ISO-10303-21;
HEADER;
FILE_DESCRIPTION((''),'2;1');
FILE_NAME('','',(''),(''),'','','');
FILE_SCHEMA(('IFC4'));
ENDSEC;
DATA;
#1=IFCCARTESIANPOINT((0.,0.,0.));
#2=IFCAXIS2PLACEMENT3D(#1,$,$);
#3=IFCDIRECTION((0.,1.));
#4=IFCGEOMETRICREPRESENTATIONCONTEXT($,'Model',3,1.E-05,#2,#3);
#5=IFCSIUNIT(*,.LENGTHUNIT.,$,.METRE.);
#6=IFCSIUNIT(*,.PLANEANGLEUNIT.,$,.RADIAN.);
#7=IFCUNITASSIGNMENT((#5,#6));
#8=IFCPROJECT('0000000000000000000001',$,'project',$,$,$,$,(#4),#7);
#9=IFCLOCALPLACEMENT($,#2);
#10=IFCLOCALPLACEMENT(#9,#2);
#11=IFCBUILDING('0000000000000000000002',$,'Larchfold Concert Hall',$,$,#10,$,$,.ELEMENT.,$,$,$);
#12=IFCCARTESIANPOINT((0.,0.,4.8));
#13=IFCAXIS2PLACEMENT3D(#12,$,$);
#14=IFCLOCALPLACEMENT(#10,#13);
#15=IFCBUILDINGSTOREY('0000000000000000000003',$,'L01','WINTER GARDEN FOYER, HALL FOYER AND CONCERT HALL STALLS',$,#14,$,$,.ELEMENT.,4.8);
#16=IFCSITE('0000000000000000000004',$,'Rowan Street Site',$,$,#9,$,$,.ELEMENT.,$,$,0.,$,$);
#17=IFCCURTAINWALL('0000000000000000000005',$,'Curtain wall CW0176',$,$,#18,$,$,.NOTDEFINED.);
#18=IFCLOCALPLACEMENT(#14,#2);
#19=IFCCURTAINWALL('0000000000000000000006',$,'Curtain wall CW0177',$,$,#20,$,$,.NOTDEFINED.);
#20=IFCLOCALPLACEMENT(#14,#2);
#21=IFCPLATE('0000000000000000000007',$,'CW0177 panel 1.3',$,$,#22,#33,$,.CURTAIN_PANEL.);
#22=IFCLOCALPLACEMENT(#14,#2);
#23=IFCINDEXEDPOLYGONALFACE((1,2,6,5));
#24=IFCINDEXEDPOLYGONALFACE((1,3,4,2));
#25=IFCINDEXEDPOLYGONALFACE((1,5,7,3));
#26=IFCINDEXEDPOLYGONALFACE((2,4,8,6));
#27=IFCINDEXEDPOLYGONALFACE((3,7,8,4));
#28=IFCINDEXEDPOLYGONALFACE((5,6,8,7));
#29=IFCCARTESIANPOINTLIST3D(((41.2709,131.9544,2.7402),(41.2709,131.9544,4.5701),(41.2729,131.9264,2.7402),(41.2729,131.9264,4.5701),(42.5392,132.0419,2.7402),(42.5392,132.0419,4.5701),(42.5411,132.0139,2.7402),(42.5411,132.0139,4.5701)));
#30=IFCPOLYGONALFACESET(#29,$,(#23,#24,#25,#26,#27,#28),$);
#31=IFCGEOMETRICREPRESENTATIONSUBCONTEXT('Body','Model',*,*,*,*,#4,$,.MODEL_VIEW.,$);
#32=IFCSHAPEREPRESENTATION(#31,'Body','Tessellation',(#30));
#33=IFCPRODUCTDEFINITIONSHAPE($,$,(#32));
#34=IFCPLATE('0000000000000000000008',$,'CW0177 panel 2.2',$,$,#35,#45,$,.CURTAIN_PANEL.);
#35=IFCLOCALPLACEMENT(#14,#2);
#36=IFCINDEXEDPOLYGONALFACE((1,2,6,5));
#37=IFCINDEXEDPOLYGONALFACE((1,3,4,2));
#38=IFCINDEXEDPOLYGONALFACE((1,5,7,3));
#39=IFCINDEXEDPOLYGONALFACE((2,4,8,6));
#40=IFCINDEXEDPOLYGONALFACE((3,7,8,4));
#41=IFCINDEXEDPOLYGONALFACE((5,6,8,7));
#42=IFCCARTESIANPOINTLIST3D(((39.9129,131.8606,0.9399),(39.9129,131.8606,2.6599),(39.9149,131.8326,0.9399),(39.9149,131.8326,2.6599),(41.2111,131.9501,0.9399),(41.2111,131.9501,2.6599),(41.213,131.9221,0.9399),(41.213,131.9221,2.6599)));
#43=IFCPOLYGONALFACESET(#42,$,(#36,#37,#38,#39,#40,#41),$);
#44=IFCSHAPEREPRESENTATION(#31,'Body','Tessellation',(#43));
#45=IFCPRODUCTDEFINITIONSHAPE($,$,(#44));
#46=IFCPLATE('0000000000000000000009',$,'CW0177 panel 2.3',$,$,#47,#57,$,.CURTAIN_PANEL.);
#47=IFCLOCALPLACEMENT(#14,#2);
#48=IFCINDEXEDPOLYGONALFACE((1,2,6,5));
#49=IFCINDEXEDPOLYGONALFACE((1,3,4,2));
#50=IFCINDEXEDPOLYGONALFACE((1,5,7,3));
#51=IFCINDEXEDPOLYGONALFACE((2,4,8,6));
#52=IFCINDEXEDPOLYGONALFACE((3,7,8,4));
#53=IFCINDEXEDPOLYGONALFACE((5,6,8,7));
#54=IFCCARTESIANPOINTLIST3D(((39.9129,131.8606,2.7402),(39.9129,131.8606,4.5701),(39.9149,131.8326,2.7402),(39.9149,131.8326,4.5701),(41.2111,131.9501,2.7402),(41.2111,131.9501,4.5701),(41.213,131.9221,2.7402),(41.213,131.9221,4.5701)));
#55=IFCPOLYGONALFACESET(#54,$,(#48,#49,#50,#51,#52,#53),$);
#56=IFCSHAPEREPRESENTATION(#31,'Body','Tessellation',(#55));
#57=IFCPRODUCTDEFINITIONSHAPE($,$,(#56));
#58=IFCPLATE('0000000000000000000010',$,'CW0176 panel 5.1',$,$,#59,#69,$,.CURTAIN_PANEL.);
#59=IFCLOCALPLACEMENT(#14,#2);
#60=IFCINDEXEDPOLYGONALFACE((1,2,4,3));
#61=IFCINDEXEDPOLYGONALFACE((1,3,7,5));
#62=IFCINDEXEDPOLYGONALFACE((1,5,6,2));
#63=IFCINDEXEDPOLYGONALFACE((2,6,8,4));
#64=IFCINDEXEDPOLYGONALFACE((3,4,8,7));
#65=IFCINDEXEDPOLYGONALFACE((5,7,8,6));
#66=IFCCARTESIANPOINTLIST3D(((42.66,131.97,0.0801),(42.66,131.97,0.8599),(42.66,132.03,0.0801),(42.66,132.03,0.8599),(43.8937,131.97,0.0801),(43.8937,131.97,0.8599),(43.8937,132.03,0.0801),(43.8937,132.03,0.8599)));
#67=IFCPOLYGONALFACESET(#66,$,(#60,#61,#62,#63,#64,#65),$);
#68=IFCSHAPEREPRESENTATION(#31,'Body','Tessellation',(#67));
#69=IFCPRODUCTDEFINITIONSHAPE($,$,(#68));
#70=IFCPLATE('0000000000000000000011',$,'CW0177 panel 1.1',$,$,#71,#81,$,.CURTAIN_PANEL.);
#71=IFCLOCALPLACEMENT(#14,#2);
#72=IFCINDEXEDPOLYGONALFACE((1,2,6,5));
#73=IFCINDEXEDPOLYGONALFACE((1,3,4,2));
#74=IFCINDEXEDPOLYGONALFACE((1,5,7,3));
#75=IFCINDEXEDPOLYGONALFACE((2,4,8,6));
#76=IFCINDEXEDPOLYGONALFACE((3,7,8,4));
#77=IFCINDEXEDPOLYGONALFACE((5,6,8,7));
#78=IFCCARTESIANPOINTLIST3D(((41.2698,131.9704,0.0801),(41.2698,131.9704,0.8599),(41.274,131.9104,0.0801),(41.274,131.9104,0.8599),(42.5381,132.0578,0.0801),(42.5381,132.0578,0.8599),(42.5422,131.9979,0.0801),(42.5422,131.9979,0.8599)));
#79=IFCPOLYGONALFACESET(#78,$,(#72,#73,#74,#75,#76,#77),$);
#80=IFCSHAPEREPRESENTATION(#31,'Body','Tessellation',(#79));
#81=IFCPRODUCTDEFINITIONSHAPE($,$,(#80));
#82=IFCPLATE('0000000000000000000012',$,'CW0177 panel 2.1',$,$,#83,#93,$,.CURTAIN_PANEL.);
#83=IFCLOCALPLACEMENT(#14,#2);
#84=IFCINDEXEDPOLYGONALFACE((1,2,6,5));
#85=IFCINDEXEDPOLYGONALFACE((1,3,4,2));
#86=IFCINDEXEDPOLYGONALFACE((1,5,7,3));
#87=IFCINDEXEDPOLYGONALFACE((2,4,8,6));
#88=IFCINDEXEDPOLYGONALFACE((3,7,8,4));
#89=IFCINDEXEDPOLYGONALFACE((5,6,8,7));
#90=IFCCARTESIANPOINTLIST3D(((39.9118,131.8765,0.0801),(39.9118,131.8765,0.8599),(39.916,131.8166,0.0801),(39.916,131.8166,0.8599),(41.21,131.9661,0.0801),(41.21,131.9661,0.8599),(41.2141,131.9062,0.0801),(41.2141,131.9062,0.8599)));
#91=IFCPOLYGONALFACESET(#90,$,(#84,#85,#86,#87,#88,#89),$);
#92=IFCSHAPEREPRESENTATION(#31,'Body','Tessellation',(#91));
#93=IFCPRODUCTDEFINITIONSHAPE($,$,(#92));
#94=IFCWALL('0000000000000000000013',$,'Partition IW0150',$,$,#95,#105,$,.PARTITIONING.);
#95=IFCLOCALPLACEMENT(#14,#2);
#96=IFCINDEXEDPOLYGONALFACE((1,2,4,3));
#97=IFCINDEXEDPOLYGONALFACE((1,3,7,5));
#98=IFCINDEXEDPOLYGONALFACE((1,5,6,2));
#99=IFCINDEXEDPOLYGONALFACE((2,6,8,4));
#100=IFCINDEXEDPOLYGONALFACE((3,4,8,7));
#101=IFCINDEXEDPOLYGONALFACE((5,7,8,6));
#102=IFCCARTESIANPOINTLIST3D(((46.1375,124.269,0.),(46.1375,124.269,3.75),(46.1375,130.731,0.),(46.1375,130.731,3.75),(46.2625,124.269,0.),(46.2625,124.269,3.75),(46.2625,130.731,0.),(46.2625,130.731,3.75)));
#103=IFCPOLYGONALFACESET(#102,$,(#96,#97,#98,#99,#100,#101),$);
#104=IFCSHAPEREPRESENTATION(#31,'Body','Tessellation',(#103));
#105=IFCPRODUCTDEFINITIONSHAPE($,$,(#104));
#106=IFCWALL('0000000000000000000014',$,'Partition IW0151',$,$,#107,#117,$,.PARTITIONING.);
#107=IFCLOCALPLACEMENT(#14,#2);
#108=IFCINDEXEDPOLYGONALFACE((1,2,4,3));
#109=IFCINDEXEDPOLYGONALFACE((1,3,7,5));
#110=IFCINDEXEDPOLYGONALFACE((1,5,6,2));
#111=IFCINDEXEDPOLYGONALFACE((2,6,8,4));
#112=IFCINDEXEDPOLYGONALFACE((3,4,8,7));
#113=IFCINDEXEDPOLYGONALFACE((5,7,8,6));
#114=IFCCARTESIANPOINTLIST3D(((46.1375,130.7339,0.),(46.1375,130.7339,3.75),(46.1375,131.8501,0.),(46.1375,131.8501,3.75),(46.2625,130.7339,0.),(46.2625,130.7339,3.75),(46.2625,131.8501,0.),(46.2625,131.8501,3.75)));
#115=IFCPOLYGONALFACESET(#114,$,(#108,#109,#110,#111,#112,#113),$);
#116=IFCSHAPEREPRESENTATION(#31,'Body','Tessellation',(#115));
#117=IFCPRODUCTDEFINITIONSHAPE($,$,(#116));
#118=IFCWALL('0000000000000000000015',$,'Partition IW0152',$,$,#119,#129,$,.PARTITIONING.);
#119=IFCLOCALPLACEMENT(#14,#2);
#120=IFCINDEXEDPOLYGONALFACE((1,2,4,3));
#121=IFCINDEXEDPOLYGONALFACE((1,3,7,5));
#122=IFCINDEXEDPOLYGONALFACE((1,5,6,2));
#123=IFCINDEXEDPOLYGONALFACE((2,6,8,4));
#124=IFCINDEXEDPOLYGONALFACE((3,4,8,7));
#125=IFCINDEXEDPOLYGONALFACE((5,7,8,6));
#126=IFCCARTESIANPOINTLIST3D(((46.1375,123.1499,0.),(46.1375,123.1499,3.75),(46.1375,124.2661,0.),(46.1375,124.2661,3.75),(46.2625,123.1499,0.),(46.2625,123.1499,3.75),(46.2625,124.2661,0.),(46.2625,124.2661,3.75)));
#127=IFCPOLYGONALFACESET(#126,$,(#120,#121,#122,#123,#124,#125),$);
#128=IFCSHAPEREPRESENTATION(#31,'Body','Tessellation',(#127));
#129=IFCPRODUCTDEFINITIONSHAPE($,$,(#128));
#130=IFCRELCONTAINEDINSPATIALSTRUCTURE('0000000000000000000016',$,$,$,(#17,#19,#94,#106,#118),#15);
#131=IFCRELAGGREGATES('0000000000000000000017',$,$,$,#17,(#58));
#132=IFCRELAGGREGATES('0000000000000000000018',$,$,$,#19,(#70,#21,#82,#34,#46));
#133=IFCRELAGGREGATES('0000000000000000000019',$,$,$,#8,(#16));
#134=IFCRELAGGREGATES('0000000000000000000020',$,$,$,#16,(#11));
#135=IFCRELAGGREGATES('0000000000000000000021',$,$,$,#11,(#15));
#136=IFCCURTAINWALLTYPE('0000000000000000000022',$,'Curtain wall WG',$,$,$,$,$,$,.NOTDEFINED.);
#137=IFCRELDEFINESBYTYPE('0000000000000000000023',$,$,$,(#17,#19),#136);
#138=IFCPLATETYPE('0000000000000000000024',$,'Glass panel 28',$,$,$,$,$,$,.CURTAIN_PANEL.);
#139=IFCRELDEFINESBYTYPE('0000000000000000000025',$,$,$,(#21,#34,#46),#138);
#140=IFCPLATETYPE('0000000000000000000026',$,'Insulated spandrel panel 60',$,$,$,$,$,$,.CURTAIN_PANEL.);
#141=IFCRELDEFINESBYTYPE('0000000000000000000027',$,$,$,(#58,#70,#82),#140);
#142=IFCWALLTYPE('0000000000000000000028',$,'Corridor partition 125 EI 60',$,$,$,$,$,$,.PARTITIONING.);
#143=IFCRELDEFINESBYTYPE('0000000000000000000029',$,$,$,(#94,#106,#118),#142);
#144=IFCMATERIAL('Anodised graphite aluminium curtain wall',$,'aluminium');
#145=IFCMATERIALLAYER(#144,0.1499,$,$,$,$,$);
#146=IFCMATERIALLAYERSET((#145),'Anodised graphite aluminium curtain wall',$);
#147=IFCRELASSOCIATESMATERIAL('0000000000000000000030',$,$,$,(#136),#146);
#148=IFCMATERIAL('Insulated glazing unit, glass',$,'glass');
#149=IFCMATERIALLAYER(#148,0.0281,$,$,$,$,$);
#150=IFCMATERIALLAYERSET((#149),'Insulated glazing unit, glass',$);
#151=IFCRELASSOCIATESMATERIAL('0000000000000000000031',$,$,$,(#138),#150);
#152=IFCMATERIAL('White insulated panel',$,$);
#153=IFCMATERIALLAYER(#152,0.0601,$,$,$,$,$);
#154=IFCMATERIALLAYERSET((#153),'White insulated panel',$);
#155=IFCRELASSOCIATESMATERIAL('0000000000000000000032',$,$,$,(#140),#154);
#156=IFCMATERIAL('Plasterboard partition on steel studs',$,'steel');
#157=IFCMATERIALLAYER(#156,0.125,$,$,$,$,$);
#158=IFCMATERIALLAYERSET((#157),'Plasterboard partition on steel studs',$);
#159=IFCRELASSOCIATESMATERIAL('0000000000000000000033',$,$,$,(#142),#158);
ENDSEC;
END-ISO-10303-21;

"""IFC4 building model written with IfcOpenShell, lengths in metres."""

from ifc_helpers import new_model, si_unit, direction, frame, frame_2d, origin, origin_2d, place, context, subcontext, project, spatial, rectangle, extrude, material, layer, layer_set, type_object, element, aggregate, save


model = new_model("IFC4")

# Units and contexts
model_context = context("Model", 3, precision=1e-05, world=origin(), true_north=direction((0.0, 1.0)))
body_context = subcontext(model_context, "Body", "Model", "MODEL_VIEW")
ifc_project = project(units=[si_unit("LENGTHUNIT", "METRE"), si_unit("PLANEANGLEUNIT", "RADIAN")], contexts=[model_context])

# Site, building, storey
site_placement = place(None, origin())
site = spatial("IfcSite", under=ifc_project, at=site_placement, Name="Rowan Street Site", CompositionType="ELEMENT", RefElevation=0.0)
building_placement = place(site_placement, origin())
building = spatial("IfcBuilding", under=site, at=building_placement, Name="Larchfold Concert Hall", CompositionType="ELEMENT")
storey_placement = place(building_placement, frame((0.0, 0.0, 4.8)))
storey = spatial("IfcBuildingStorey", under=building, at=storey_placement, Name="L01", Description="WINTER GARDEN FOYER, HALL FOYER AND CONCERT HALL STALLS", CompositionType="ELEMENT", Elevation=4.8)

# Curtain wall
ifc_material_1 = material(Name="Anodised graphite aluminium curtain wall", Category="aluminium")
ifc_layer_1 = layer(ifc_material_1, 0.1499)
ifc_layer_set_1 = layer_set([ifc_layer_1], Name="Anodised graphite aluminium curtain wall")
curtain_wall_type = type_object("IfcCurtainWallType", Name="Curtain wall WG", PredefinedType="NOTDEFINED", material=ifc_layer_set_1)
curtain_wall_1_placement = place(storey_placement, origin())
curtain_wall_1 = element("IfcCurtainWall", 1, at=curtain_wall_1_placement, inside=storey, type_object=curtain_wall_type, Name="Curtain wall CW0176", PredefinedType="NOTDEFINED")

# Curtain wall
curtain_wall_2_placement = place(storey_placement, origin())
curtain_wall_2 = element("IfcCurtainWall", 2, at=curtain_wall_2_placement, inside=storey, type_object=curtain_wall_type, Name="Curtain wall CW0177", PredefinedType="NOTDEFINED")

# Plates
ifc_material_2 = material(Name="Insulated glazing unit, glass", Category="glass")
ifc_layer_2 = layer(ifc_material_2, 0.0281)
ifc_layer_set_2 = layer_set([ifc_layer_2], Name="Insulated glazing unit, glass")
plate_type_1 = type_object("IfcPlateType", Name="Glass panel 28", PredefinedType="CURTAIN_PANEL", material=ifc_layer_set_2)
plate_1_placement = place(storey_placement, frame((41.906, 131.9841, 2.7402), z_axis=(0.0, 0.0, 1.0), x_axis=(-0.99763, -0.068808, 0.0)))
plate_1 = element("IfcPlate", 3, at=plate_1_placement, type_object=plate_type_1, Name="CW0177 panel 1.3", PredefinedType="CURTAIN_PANEL", context=body_context, shape_type="SweptSolid", body=[
    extrude(rectangle(XDim=1.2712, YDim=0.0281, at=origin_2d()), origin(), (0.0, 0.0, 1.0), 1.8298),
])
plate_2_placement = place(storey_placement, frame((40.563, 131.8914, 0.9399), z_axis=(0.0, 0.0, 1.0), x_axis=(-0.99763, -0.068808, 0.0)))
plate_2 = element("IfcPlate", 4, at=plate_2_placement, type_object=plate_type_1, Name="CW0177 panel 2.2", PredefinedType="CURTAIN_PANEL", context=body_context, shape_type="SweptSolid", body=[
    extrude(rectangle(XDim=1.3013, YDim=0.0281, at=origin_2d()), origin(), (0.0, 0.0, 1.0), 1.72),
])
plate_3_placement = place(storey_placement, frame((40.563, 131.8914, 2.7402), z_axis=(0.0, 0.0, 1.0), x_axis=(-0.99763, -0.068808, 0.0)))
plate_3 = element("IfcPlate", 5, at=plate_3_placement, type_object=plate_type_1, Name="CW0177 panel 2.3", PredefinedType="CURTAIN_PANEL", context=body_context, shape_type="SweptSolid", body=[
    extrude(rectangle(XDim=1.3013, YDim=0.0281, at=origin_2d()), origin(), (0.0, 0.0, 1.0), 1.8298),
])
ifc_material_3 = material(Name="White insulated panel")
ifc_layer_3 = layer(ifc_material_3, 0.0601)
ifc_layer_set_3 = layer_set([ifc_layer_3], Name="White insulated panel")
plate_type_2 = type_object("IfcPlateType", Name="Insulated spandrel panel 60", PredefinedType="CURTAIN_PANEL", material=ifc_layer_set_3)
plate_4_placement = place(storey_placement, frame((43.2769, 132.0, 0.0801), z_axis=(0.0, 0.0, 1.0), x_axis=(-1.0, 0.0, 0.0)))
plate_4 = element("IfcPlate", 6, at=plate_4_placement, type_object=plate_type_2, Name="CW0176 panel 5.1", PredefinedType="CURTAIN_PANEL", context=body_context, shape_type="SweptSolid", body=[
    extrude(rectangle(XDim=1.2336, YDim=0.0601, at=origin_2d()), origin(), (0.0, 0.0, 1.0), 0.7798),
])
aggregate(curtain_wall_1, [plate_4])
plate_5_placement = place(storey_placement, frame((41.906, 131.9841, 0.0801), z_axis=(0.0, 0.0, 1.0), x_axis=(-0.99763, -0.068808, 0.0)))
plate_5 = element("IfcPlate", 7, at=plate_5_placement, type_object=plate_type_2, Name="CW0177 panel 1.1", PredefinedType="CURTAIN_PANEL", context=body_context, shape_type="SweptSolid", body=[
    extrude(rectangle(XDim=1.2712, YDim=0.0601, at=origin_2d()), origin(), (0.0, 0.0, 1.0), 0.7798),
])
plate_6_placement = place(storey_placement, frame((40.563, 131.8914, 0.0801), z_axis=(0.0, 0.0, 1.0), x_axis=(-0.99763, -0.068808, 0.0)))
plate_6 = element("IfcPlate", 8, at=plate_6_placement, type_object=plate_type_2, Name="CW0177 panel 2.1", PredefinedType="CURTAIN_PANEL", context=body_context, shape_type="SweptSolid", body=[
    extrude(rectangle(XDim=1.3013, YDim=0.0601, at=origin_2d()), origin(), (0.0, 0.0, 1.0), 0.7798),
])
aggregate(curtain_wall_2, [plate_5, plate_1, plate_6, plate_2, plate_3])

# Walls
ifc_material_4 = material(Name="Plasterboard partition on steel studs", Category="steel")
ifc_layer_4 = layer(ifc_material_4, 0.125)
ifc_layer_set_4 = layer_set([ifc_layer_4], Name="Plasterboard partition on steel studs")
wall_type = type_object("IfcWallType", Name="Corridor partition 125 EI 60", PredefinedType="PARTITIONING", material=ifc_layer_set_4)
wall_placement = place(storey_placement, frame((46.2, 130.731, 0.0), z_axis=(0.0, 0.0, 1.0), x_axis=(0.0, -1.0, 0.0)))
element("IfcWall", 9, at=wall_placement, inside=storey, type_object=wall_type, Name="Partition IW0150", PredefinedType="PARTITIONING", context=body_context, shape_type="SweptSolid", body=[
    extrude(rectangle(XDim=6.4619, YDim=0.125, at=frame_2d((3.231, 0.0))), origin(), (0.0, 0.0, 1.0), 3.75),
])
for number, where, z_axis, x_axis, name in (
    (10, (46.2, 131.8501, 0.0), (0.0, 0.0, 1.0), (0.0, -1.0, 0.0), "Partition IW0151"),
    (11, (46.2, 124.2661, 0.0), (0.0, 0.0, 1.0), (0.0, -1.0, 0.0), "Partition IW0152"),
):
    element("IfcWall", number, at=place(storey_placement, frame(where, z_axis=z_axis, x_axis=x_axis)), inside=storey, type_object=wall_type, Name=name, PredefinedType="PARTITIONING", context=body_context, shape_type="SweptSolid", body=[
        extrude(rectangle(XDim=1.1162, YDim=0.125, at=frame_2d((0.5581, 0.0))), origin(), (0.0, 0.0, 1.0), 3.75),
    ])

save(model, "model.ifc")
